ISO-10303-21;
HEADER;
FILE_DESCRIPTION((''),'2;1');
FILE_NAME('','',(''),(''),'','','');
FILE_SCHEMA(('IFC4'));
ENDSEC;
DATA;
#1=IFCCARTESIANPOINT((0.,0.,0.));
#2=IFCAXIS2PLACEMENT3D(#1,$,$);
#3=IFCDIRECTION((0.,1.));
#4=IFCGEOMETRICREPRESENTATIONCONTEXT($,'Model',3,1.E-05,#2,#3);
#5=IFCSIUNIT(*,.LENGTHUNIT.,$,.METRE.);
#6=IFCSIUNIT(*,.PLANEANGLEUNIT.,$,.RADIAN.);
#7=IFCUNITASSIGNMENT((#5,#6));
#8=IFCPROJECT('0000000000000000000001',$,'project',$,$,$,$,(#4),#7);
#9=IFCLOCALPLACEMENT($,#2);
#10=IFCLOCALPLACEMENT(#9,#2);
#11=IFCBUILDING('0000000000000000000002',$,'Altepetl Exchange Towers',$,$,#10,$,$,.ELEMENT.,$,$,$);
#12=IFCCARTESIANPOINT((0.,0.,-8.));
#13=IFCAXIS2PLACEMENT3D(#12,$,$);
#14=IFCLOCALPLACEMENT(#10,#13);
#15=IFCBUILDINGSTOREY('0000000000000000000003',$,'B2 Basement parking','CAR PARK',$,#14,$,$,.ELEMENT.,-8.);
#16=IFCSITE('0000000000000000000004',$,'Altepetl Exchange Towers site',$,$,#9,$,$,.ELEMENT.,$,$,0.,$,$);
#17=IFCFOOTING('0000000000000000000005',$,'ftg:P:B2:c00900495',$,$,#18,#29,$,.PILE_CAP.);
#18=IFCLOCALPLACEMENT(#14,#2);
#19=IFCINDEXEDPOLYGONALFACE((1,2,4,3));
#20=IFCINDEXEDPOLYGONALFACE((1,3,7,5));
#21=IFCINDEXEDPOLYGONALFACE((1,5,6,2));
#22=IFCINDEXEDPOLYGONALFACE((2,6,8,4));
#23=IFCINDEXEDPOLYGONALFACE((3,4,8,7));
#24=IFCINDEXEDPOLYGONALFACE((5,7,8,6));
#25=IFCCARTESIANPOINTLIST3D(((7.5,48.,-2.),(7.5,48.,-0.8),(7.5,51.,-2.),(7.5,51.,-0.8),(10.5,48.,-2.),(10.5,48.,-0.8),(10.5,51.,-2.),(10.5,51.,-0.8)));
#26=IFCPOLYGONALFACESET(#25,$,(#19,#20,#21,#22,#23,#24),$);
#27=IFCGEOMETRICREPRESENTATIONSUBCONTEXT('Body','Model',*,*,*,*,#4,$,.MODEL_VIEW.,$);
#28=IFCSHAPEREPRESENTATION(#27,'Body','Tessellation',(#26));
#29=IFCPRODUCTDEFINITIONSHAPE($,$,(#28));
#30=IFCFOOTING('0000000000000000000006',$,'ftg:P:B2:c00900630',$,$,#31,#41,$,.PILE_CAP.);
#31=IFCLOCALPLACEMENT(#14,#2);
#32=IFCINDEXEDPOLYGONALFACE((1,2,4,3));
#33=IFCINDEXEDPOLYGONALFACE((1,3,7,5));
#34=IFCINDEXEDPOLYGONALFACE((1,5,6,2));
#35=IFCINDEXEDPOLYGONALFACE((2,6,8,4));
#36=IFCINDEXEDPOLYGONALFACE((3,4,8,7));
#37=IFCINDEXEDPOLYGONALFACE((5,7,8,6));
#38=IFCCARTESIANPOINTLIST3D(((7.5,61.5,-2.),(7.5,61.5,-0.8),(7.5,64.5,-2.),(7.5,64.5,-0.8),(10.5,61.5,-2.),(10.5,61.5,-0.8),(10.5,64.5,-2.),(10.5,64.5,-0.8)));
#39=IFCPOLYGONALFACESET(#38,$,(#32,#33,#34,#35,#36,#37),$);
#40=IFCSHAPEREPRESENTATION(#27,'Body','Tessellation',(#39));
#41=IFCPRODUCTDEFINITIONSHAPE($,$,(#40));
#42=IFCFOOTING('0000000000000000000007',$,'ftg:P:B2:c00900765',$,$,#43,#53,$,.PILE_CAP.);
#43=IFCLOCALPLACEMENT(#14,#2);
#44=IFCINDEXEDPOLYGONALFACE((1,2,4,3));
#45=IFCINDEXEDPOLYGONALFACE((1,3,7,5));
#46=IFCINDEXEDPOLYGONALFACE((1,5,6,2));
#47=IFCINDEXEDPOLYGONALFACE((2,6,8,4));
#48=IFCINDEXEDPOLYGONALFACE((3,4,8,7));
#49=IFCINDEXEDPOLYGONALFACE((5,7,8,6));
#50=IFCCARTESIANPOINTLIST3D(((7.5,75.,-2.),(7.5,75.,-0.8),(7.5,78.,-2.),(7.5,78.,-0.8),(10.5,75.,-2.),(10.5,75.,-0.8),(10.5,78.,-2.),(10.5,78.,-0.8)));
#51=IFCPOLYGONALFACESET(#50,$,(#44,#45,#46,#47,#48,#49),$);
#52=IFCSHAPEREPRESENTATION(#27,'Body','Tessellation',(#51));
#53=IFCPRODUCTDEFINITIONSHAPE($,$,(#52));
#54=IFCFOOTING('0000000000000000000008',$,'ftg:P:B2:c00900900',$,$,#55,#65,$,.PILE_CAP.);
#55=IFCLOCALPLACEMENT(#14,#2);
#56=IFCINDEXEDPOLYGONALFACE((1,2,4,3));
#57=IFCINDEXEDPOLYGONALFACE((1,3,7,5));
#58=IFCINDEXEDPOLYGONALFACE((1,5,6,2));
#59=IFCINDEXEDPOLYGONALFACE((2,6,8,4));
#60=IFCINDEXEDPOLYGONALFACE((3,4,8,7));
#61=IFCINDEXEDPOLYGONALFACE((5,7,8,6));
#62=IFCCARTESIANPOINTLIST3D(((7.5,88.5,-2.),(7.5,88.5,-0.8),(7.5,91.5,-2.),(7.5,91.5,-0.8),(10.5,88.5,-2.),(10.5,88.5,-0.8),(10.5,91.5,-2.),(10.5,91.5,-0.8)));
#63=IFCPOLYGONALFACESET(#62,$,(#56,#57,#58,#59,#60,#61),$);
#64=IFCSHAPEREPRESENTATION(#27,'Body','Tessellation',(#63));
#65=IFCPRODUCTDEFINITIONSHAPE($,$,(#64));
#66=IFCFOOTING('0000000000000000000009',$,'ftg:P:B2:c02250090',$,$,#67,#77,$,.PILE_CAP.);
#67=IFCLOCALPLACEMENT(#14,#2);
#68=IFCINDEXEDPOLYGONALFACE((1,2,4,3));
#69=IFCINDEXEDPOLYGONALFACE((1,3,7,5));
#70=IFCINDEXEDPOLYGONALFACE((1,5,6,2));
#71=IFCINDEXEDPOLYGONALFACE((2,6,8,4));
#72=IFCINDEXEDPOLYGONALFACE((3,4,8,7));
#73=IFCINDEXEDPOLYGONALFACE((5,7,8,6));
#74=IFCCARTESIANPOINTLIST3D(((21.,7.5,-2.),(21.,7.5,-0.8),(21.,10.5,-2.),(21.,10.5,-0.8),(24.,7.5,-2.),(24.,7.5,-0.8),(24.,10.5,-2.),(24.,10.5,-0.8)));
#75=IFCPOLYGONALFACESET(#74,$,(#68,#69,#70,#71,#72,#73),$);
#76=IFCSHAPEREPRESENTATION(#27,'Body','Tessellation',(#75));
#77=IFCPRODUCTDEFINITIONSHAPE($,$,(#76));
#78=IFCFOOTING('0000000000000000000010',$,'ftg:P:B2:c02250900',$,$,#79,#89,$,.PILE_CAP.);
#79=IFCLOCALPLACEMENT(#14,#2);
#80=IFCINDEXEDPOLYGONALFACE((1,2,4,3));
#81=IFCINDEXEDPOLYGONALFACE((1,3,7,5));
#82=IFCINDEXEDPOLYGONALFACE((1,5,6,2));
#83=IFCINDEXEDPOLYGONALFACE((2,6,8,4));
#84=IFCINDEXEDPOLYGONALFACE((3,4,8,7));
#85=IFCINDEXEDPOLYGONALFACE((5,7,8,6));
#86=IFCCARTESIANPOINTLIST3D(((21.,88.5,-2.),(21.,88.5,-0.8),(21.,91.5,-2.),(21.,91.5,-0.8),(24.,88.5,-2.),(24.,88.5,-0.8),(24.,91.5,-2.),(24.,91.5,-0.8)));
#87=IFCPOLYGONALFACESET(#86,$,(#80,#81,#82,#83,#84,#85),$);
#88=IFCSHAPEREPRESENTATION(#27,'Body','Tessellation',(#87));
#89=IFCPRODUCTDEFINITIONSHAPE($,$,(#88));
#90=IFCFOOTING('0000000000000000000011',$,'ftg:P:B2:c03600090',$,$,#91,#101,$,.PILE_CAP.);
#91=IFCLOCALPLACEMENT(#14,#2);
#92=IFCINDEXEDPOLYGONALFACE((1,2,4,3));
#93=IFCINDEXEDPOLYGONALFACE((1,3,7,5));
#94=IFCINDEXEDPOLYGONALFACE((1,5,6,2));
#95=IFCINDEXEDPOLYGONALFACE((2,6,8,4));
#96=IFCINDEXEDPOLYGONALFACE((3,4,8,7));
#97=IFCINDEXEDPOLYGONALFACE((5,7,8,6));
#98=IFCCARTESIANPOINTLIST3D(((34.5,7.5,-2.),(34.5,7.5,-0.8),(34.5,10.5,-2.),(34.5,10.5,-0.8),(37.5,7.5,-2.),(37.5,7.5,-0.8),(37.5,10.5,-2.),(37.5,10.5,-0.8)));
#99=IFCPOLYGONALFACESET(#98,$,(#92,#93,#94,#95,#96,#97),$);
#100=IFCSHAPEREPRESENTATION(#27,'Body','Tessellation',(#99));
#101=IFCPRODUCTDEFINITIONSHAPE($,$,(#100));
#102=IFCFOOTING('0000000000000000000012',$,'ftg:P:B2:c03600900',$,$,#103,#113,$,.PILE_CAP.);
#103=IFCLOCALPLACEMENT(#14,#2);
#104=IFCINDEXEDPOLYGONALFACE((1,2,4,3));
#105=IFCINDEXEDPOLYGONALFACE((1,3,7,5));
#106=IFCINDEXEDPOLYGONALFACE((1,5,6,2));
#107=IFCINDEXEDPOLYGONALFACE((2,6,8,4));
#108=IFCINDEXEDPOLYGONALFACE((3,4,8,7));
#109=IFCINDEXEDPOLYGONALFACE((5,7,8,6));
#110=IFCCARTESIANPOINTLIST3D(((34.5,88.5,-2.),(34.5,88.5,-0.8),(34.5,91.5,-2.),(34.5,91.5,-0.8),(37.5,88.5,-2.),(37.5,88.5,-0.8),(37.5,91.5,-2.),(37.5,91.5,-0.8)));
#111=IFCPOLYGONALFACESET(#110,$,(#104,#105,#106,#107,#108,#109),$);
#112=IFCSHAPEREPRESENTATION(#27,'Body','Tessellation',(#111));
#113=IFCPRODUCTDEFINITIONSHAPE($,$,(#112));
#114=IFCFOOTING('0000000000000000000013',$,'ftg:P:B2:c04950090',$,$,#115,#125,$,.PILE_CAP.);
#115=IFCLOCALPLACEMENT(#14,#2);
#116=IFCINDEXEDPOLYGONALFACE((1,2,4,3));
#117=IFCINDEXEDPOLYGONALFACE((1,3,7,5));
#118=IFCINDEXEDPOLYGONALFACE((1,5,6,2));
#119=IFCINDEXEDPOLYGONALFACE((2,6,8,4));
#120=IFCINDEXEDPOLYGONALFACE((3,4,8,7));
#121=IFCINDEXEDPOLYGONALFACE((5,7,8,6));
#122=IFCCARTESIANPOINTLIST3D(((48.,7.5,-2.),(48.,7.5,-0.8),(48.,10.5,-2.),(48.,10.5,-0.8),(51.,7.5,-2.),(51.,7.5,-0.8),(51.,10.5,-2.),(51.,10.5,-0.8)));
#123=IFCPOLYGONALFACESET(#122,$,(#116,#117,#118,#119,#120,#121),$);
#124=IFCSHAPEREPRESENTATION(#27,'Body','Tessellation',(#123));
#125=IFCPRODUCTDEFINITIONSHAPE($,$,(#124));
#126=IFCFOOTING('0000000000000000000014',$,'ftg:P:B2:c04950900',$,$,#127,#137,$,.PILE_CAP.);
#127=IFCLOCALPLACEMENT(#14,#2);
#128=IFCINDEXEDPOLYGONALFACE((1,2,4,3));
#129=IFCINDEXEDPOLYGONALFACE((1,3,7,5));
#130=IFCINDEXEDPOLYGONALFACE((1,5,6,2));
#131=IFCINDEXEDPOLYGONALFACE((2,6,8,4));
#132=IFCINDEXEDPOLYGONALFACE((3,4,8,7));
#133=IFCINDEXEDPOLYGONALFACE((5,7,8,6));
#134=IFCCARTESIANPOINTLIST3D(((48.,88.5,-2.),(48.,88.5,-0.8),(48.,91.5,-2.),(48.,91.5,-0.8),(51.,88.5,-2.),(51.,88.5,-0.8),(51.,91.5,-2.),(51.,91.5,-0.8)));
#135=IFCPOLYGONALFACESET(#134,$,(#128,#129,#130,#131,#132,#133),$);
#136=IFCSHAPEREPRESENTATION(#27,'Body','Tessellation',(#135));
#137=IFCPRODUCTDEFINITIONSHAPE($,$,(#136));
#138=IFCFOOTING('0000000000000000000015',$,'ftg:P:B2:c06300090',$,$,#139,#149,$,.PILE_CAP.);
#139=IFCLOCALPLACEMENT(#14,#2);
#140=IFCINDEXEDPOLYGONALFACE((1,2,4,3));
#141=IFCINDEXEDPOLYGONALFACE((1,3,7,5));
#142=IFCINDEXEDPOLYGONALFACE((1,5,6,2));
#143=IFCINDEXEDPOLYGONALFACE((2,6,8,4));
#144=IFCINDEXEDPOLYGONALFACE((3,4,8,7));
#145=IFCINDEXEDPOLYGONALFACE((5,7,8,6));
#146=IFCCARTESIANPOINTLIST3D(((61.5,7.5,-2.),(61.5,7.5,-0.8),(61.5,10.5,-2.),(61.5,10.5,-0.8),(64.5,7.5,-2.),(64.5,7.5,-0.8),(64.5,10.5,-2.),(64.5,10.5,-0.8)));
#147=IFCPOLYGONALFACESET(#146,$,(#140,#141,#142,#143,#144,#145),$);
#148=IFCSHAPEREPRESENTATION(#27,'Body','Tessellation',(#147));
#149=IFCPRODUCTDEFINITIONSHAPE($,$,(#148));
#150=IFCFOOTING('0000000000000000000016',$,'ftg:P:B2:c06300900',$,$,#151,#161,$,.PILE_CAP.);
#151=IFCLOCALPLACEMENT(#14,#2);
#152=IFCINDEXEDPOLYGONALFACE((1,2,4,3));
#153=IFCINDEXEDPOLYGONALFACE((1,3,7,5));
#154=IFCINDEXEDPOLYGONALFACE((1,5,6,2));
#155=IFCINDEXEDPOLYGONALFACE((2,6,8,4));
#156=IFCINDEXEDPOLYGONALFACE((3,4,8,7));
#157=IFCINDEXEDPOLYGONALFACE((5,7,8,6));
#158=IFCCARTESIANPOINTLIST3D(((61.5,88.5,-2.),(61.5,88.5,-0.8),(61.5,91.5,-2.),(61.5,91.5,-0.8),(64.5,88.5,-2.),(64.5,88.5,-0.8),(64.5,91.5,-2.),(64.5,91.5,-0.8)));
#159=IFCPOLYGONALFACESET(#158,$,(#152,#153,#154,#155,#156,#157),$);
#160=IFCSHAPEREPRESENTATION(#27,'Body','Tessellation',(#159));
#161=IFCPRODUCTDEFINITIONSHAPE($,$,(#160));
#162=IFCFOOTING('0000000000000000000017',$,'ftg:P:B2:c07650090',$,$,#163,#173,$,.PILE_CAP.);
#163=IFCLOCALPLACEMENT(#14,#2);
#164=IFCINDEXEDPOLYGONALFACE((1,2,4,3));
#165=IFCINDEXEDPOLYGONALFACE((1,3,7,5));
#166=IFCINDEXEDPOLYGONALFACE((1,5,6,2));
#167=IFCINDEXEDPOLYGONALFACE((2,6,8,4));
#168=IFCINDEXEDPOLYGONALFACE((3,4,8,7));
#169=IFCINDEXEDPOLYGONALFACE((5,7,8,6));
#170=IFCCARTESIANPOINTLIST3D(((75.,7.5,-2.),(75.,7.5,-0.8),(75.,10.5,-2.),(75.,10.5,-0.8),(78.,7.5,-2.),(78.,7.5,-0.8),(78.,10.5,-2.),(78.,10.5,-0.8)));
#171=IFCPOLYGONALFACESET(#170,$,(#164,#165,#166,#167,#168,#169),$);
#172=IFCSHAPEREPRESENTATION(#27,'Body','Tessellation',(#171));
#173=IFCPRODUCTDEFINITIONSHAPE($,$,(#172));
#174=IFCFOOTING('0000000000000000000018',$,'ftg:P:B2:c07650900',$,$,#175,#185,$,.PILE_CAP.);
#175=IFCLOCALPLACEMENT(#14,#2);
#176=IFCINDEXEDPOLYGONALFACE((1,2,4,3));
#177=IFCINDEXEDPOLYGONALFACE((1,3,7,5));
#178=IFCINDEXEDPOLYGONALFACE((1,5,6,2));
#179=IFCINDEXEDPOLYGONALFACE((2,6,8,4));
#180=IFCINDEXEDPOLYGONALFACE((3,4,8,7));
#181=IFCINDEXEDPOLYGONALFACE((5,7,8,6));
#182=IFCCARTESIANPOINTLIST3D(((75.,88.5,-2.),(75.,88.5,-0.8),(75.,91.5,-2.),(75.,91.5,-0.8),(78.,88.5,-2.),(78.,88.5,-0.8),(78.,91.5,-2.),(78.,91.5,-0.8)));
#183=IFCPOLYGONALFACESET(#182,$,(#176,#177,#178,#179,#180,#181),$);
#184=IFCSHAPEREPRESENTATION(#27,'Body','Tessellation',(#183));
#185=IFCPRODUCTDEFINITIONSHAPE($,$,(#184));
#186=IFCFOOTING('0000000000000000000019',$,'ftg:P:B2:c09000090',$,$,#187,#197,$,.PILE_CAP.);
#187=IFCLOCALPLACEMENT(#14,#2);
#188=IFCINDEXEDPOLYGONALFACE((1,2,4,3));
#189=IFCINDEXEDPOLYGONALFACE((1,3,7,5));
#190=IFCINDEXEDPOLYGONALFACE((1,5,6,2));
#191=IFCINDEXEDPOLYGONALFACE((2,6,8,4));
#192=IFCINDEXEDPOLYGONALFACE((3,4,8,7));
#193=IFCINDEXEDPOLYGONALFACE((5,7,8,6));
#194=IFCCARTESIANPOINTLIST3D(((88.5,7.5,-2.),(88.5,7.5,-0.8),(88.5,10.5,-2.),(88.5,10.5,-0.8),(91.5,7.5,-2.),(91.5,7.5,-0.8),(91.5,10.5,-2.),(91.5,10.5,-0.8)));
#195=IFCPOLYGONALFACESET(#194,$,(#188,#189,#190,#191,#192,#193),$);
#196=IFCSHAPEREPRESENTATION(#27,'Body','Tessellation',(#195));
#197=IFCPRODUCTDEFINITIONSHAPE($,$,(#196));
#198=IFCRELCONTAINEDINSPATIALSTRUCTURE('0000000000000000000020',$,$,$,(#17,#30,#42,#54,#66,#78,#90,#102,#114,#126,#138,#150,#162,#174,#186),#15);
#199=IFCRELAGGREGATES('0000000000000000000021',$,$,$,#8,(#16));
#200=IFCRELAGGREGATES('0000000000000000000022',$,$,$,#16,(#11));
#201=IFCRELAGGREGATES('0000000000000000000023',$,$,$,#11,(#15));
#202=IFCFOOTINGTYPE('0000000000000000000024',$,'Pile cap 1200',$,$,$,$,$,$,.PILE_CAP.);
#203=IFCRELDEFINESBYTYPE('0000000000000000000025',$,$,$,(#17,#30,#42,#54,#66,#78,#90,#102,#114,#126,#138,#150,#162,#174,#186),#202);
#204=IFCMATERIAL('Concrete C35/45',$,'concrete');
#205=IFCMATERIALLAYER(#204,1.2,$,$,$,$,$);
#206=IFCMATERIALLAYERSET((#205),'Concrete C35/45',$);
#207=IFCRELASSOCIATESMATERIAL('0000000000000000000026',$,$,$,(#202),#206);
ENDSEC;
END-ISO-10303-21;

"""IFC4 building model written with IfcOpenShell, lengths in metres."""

from ifc_helpers import new_model, si_unit, direction, frame, origin, place, context, subcontext, project, spatial, polyline, outline, extrude, material, layer, layer_set, type_object, element, save


model = new_model("IFC4")

# Units and contexts
model_context = context("Model", 3, precision=1e-05, world=origin(), true_north=direction((0.0, 1.0)))
body_context = subcontext(model_context, "Body", "Model", "MODEL_VIEW")
ifc_project = project(units=[si_unit("LENGTHUNIT", "METRE"), si_unit("PLANEANGLEUNIT", "RADIAN")], contexts=[model_context])

# Site, building, storey
site_placement = place(None, origin())
site = spatial("IfcSite", under=ifc_project, at=site_placement, Name="Altepetl Exchange Towers site", CompositionType="ELEMENT", RefElevation=0.0)
building_placement = place(site_placement, origin())
building = spatial("IfcBuilding", under=site, at=building_placement, Name="Altepetl Exchange Towers", CompositionType="ELEMENT")
storey_placement = place(building_placement, frame((0.0, 0.0, -8.0)))
storey = spatial("IfcBuildingStorey", under=building, at=storey_placement, Name="B2 Basement parking", Description="CAR PARK", CompositionType="ELEMENT", Elevation=-8.0)

# Footings
ifc_material = material(Name="Concrete C35/45", Category="concrete")
ifc_layer = layer(ifc_material, 1.2)
ifc_layer_set = layer_set([ifc_layer], Name="Concrete C35/45")
footing_type = type_object("IfcFootingType", Name="Pile cap 1200", PredefinedType="PILE_CAP", material=ifc_layer_set)
footing_1_placement = place(storey_placement, frame((0.0, 0.0, -2.0)))
element("IfcFooting", 1, at=footing_1_placement, inside=storey, type_object=footing_type, Name="ftg:P:B2:c00900495", PredefinedType="PILE_CAP", context=body_context, shape_type="SweptSolid", body=[
    extrude(outline(polyline([(10.5, 48.0), (10.5, 51.0), (7.5, 51.0), (7.5, 48.0), (10.5, 48.0)])), origin(), (0.0, 0.0, 1.0), 1.2),
])
footing_2_placement = place(storey_placement, frame((0.0, 0.0, -2.0)))
element("IfcFooting", 2, at=footing_2_placement, inside=storey, type_object=footing_type, Name="ftg:P:B2:c00900630", PredefinedType="PILE_CAP", context=body_context, shape_type="SweptSolid", body=[
    extrude(outline(polyline([(10.5, 61.5), (10.5, 64.5), (7.5, 64.5), (7.5, 61.5), (10.5, 61.5)])), origin(), (0.0, 0.0, 1.0), 1.2),
])
footing_3_placement = place(storey_placement, frame((0.0, 0.0, -2.0)))
element("IfcFooting", 3, at=footing_3_placement, inside=storey, type_object=footing_type, Name="ftg:P:B2:c00900765", PredefinedType="PILE_CAP", context=body_context, shape_type="SweptSolid", body=[
    extrude(outline(polyline([(10.5, 75.0), (10.5, 78.0), (7.5, 78.0), (7.5, 75.0), (10.5, 75.0)])), origin(), (0.0, 0.0, 1.0), 1.2),
])
footing_4_placement = place(storey_placement, frame((0.0, 0.0, -2.0)))
element("IfcFooting", 4, at=footing_4_placement, inside=storey, type_object=footing_type, Name="ftg:P:B2:c00900900", PredefinedType="PILE_CAP", context=body_context, shape_type="SweptSolid", body=[
    extrude(outline(polyline([(10.5, 88.5), (10.5, 91.5), (7.5, 91.5), (7.5, 88.5), (10.5, 88.5)])), origin(), (0.0, 0.0, 1.0), 1.2),
])
footing_5_placement = place(storey_placement, frame((0.0, 0.0, -2.0)))
element("IfcFooting", 5, at=footing_5_placement, inside=storey, type_object=footing_type, Name="ftg:P:B2:c02250090", PredefinedType="PILE_CAP", context=body_context, shape_type="SweptSolid", body=[
    extrude(outline(polyline([(24.0, 7.5), (24.0, 10.5), (21.0, 10.5), (21.0, 7.5), (24.0, 7.5)])), origin(), (0.0, 0.0, 1.0), 1.2),
])
footing_6_placement = place(storey_placement, frame((0.0, 0.0, -2.0)))
element("IfcFooting", 6, at=footing_6_placement, inside=storey, type_object=footing_type, Name="ftg:P:B2:c02250900", PredefinedType="PILE_CAP", context=body_context, shape_type="SweptSolid", body=[
    extrude(outline(polyline([(24.0, 88.5), (24.0, 91.5), (21.0, 91.5), (21.0, 88.5), (24.0, 88.5)])), origin(), (0.0, 0.0, 1.0), 1.2),
])
footing_7_placement = place(storey_placement, frame((0.0, 0.0, -2.0)))
element("IfcFooting", 7, at=footing_7_placement, inside=storey, type_object=footing_type, Name="ftg:P:B2:c03600090", PredefinedType="PILE_CAP", context=body_context, shape_type="SweptSolid", body=[
    extrude(outline(polyline([(37.5, 7.5), (37.5, 10.5), (34.5, 10.5), (34.5, 7.5), (37.5, 7.5)])), origin(), (0.0, 0.0, 1.0), 1.2),
])
footing_8_placement = place(storey_placement, frame((0.0, 0.0, -2.0)))
element("IfcFooting", 8, at=footing_8_placement, inside=storey, type_object=footing_type, Name="ftg:P:B2:c03600900", PredefinedType="PILE_CAP", context=body_context, shape_type="SweptSolid", body=[
    extrude(outline(polyline([(37.5, 88.5), (37.5, 91.5), (34.5, 91.5), (34.5, 88.5), (37.5, 88.5)])), origin(), (0.0, 0.0, 1.0), 1.2),
])
footing_9_placement = place(storey_placement, frame((0.0, 0.0, -2.0)))
element("IfcFooting", 9, at=footing_9_placement, inside=storey, type_object=footing_type, Name="ftg:P:B2:c04950090", PredefinedType="PILE_CAP", context=body_context, shape_type="SweptSolid", body=[
    extrude(outline(polyline([(51.0, 7.5), (51.0, 10.5), (48.0, 10.5), (48.0, 7.5), (51.0, 7.5)])), origin(), (0.0, 0.0, 1.0), 1.2),
])
footing_10_placement = place(storey_placement, frame((0.0, 0.0, -2.0)))
element("IfcFooting", 10, at=footing_10_placement, inside=storey, type_object=footing_type, Name="ftg:P:B2:c04950900", PredefinedType="PILE_CAP", context=body_context, shape_type="SweptSolid", body=[
    extrude(outline(polyline([(51.0, 88.5), (51.0, 91.5), (48.0, 91.5), (48.0, 88.5), (51.0, 88.5)])), origin(), (0.0, 0.0, 1.0), 1.2),
])
footing_11_placement = place(storey_placement, frame((0.0, 0.0, -2.0)))
element("IfcFooting", 11, at=footing_11_placement, inside=storey, type_object=footing_type, Name="ftg:P:B2:c06300090", PredefinedType="PILE_CAP", context=body_context, shape_type="SweptSolid", body=[
    extrude(outline(polyline([(64.5, 7.5), (64.5, 10.5), (61.5, 10.5), (61.5, 7.5), (64.5, 7.5)])), origin(), (0.0, 0.0, 1.0), 1.2),
])
footing_12_placement = place(storey_placement, frame((0.0, 0.0, -2.0)))
element("IfcFooting", 12, at=footing_12_placement, inside=storey, type_object=footing_type, Name="ftg:P:B2:c06300900", PredefinedType="PILE_CAP", context=body_context, shape_type="SweptSolid", body=[
    extrude(outline(polyline([(64.5, 88.5), (64.5, 91.5), (61.5, 91.5), (61.5, 88.5), (64.5, 88.5)])), origin(), (0.0, 0.0, 1.0), 1.2),
])
footing_13_placement = place(storey_placement, frame((0.0, 0.0, -2.0)))
element("IfcFooting", 13, at=footing_13_placement, inside=storey, type_object=footing_type, Name="ftg:P:B2:c07650090", PredefinedType="PILE_CAP", context=body_context, shape_type="SweptSolid", body=[
    extrude(outline(polyline([(78.0, 7.5), (78.0, 10.5), (75.0, 10.5), (75.0, 7.5), (78.0, 7.5)])), origin(), (0.0, 0.0, 1.0), 1.2),
])
footing_14_placement = place(storey_placement, frame((0.0, 0.0, -2.0)))
element("IfcFooting", 14, at=footing_14_placement, inside=storey, type_object=footing_type, Name="ftg:P:B2:c07650900", PredefinedType="PILE_CAP", context=body_context, shape_type="SweptSolid", body=[
    extrude(outline(polyline([(78.0, 88.5), (78.0, 91.5), (75.0, 91.5), (75.0, 88.5), (78.0, 88.5)])), origin(), (0.0, 0.0, 1.0), 1.2),
])
footing_15_placement = place(storey_placement, frame((0.0, 0.0, -2.0)))
element("IfcFooting", 15, at=footing_15_placement, inside=storey, type_object=footing_type, Name="ftg:P:B2:c09000090", PredefinedType="PILE_CAP", context=body_context, shape_type="SweptSolid", body=[
    extrude(outline(polyline([(91.5, 7.5), (91.5, 10.5), (88.5, 10.5), (88.5, 7.5), (91.5, 7.5)])), origin(), (0.0, 0.0, 1.0), 1.2),
])

save(model, "model.ifc")
